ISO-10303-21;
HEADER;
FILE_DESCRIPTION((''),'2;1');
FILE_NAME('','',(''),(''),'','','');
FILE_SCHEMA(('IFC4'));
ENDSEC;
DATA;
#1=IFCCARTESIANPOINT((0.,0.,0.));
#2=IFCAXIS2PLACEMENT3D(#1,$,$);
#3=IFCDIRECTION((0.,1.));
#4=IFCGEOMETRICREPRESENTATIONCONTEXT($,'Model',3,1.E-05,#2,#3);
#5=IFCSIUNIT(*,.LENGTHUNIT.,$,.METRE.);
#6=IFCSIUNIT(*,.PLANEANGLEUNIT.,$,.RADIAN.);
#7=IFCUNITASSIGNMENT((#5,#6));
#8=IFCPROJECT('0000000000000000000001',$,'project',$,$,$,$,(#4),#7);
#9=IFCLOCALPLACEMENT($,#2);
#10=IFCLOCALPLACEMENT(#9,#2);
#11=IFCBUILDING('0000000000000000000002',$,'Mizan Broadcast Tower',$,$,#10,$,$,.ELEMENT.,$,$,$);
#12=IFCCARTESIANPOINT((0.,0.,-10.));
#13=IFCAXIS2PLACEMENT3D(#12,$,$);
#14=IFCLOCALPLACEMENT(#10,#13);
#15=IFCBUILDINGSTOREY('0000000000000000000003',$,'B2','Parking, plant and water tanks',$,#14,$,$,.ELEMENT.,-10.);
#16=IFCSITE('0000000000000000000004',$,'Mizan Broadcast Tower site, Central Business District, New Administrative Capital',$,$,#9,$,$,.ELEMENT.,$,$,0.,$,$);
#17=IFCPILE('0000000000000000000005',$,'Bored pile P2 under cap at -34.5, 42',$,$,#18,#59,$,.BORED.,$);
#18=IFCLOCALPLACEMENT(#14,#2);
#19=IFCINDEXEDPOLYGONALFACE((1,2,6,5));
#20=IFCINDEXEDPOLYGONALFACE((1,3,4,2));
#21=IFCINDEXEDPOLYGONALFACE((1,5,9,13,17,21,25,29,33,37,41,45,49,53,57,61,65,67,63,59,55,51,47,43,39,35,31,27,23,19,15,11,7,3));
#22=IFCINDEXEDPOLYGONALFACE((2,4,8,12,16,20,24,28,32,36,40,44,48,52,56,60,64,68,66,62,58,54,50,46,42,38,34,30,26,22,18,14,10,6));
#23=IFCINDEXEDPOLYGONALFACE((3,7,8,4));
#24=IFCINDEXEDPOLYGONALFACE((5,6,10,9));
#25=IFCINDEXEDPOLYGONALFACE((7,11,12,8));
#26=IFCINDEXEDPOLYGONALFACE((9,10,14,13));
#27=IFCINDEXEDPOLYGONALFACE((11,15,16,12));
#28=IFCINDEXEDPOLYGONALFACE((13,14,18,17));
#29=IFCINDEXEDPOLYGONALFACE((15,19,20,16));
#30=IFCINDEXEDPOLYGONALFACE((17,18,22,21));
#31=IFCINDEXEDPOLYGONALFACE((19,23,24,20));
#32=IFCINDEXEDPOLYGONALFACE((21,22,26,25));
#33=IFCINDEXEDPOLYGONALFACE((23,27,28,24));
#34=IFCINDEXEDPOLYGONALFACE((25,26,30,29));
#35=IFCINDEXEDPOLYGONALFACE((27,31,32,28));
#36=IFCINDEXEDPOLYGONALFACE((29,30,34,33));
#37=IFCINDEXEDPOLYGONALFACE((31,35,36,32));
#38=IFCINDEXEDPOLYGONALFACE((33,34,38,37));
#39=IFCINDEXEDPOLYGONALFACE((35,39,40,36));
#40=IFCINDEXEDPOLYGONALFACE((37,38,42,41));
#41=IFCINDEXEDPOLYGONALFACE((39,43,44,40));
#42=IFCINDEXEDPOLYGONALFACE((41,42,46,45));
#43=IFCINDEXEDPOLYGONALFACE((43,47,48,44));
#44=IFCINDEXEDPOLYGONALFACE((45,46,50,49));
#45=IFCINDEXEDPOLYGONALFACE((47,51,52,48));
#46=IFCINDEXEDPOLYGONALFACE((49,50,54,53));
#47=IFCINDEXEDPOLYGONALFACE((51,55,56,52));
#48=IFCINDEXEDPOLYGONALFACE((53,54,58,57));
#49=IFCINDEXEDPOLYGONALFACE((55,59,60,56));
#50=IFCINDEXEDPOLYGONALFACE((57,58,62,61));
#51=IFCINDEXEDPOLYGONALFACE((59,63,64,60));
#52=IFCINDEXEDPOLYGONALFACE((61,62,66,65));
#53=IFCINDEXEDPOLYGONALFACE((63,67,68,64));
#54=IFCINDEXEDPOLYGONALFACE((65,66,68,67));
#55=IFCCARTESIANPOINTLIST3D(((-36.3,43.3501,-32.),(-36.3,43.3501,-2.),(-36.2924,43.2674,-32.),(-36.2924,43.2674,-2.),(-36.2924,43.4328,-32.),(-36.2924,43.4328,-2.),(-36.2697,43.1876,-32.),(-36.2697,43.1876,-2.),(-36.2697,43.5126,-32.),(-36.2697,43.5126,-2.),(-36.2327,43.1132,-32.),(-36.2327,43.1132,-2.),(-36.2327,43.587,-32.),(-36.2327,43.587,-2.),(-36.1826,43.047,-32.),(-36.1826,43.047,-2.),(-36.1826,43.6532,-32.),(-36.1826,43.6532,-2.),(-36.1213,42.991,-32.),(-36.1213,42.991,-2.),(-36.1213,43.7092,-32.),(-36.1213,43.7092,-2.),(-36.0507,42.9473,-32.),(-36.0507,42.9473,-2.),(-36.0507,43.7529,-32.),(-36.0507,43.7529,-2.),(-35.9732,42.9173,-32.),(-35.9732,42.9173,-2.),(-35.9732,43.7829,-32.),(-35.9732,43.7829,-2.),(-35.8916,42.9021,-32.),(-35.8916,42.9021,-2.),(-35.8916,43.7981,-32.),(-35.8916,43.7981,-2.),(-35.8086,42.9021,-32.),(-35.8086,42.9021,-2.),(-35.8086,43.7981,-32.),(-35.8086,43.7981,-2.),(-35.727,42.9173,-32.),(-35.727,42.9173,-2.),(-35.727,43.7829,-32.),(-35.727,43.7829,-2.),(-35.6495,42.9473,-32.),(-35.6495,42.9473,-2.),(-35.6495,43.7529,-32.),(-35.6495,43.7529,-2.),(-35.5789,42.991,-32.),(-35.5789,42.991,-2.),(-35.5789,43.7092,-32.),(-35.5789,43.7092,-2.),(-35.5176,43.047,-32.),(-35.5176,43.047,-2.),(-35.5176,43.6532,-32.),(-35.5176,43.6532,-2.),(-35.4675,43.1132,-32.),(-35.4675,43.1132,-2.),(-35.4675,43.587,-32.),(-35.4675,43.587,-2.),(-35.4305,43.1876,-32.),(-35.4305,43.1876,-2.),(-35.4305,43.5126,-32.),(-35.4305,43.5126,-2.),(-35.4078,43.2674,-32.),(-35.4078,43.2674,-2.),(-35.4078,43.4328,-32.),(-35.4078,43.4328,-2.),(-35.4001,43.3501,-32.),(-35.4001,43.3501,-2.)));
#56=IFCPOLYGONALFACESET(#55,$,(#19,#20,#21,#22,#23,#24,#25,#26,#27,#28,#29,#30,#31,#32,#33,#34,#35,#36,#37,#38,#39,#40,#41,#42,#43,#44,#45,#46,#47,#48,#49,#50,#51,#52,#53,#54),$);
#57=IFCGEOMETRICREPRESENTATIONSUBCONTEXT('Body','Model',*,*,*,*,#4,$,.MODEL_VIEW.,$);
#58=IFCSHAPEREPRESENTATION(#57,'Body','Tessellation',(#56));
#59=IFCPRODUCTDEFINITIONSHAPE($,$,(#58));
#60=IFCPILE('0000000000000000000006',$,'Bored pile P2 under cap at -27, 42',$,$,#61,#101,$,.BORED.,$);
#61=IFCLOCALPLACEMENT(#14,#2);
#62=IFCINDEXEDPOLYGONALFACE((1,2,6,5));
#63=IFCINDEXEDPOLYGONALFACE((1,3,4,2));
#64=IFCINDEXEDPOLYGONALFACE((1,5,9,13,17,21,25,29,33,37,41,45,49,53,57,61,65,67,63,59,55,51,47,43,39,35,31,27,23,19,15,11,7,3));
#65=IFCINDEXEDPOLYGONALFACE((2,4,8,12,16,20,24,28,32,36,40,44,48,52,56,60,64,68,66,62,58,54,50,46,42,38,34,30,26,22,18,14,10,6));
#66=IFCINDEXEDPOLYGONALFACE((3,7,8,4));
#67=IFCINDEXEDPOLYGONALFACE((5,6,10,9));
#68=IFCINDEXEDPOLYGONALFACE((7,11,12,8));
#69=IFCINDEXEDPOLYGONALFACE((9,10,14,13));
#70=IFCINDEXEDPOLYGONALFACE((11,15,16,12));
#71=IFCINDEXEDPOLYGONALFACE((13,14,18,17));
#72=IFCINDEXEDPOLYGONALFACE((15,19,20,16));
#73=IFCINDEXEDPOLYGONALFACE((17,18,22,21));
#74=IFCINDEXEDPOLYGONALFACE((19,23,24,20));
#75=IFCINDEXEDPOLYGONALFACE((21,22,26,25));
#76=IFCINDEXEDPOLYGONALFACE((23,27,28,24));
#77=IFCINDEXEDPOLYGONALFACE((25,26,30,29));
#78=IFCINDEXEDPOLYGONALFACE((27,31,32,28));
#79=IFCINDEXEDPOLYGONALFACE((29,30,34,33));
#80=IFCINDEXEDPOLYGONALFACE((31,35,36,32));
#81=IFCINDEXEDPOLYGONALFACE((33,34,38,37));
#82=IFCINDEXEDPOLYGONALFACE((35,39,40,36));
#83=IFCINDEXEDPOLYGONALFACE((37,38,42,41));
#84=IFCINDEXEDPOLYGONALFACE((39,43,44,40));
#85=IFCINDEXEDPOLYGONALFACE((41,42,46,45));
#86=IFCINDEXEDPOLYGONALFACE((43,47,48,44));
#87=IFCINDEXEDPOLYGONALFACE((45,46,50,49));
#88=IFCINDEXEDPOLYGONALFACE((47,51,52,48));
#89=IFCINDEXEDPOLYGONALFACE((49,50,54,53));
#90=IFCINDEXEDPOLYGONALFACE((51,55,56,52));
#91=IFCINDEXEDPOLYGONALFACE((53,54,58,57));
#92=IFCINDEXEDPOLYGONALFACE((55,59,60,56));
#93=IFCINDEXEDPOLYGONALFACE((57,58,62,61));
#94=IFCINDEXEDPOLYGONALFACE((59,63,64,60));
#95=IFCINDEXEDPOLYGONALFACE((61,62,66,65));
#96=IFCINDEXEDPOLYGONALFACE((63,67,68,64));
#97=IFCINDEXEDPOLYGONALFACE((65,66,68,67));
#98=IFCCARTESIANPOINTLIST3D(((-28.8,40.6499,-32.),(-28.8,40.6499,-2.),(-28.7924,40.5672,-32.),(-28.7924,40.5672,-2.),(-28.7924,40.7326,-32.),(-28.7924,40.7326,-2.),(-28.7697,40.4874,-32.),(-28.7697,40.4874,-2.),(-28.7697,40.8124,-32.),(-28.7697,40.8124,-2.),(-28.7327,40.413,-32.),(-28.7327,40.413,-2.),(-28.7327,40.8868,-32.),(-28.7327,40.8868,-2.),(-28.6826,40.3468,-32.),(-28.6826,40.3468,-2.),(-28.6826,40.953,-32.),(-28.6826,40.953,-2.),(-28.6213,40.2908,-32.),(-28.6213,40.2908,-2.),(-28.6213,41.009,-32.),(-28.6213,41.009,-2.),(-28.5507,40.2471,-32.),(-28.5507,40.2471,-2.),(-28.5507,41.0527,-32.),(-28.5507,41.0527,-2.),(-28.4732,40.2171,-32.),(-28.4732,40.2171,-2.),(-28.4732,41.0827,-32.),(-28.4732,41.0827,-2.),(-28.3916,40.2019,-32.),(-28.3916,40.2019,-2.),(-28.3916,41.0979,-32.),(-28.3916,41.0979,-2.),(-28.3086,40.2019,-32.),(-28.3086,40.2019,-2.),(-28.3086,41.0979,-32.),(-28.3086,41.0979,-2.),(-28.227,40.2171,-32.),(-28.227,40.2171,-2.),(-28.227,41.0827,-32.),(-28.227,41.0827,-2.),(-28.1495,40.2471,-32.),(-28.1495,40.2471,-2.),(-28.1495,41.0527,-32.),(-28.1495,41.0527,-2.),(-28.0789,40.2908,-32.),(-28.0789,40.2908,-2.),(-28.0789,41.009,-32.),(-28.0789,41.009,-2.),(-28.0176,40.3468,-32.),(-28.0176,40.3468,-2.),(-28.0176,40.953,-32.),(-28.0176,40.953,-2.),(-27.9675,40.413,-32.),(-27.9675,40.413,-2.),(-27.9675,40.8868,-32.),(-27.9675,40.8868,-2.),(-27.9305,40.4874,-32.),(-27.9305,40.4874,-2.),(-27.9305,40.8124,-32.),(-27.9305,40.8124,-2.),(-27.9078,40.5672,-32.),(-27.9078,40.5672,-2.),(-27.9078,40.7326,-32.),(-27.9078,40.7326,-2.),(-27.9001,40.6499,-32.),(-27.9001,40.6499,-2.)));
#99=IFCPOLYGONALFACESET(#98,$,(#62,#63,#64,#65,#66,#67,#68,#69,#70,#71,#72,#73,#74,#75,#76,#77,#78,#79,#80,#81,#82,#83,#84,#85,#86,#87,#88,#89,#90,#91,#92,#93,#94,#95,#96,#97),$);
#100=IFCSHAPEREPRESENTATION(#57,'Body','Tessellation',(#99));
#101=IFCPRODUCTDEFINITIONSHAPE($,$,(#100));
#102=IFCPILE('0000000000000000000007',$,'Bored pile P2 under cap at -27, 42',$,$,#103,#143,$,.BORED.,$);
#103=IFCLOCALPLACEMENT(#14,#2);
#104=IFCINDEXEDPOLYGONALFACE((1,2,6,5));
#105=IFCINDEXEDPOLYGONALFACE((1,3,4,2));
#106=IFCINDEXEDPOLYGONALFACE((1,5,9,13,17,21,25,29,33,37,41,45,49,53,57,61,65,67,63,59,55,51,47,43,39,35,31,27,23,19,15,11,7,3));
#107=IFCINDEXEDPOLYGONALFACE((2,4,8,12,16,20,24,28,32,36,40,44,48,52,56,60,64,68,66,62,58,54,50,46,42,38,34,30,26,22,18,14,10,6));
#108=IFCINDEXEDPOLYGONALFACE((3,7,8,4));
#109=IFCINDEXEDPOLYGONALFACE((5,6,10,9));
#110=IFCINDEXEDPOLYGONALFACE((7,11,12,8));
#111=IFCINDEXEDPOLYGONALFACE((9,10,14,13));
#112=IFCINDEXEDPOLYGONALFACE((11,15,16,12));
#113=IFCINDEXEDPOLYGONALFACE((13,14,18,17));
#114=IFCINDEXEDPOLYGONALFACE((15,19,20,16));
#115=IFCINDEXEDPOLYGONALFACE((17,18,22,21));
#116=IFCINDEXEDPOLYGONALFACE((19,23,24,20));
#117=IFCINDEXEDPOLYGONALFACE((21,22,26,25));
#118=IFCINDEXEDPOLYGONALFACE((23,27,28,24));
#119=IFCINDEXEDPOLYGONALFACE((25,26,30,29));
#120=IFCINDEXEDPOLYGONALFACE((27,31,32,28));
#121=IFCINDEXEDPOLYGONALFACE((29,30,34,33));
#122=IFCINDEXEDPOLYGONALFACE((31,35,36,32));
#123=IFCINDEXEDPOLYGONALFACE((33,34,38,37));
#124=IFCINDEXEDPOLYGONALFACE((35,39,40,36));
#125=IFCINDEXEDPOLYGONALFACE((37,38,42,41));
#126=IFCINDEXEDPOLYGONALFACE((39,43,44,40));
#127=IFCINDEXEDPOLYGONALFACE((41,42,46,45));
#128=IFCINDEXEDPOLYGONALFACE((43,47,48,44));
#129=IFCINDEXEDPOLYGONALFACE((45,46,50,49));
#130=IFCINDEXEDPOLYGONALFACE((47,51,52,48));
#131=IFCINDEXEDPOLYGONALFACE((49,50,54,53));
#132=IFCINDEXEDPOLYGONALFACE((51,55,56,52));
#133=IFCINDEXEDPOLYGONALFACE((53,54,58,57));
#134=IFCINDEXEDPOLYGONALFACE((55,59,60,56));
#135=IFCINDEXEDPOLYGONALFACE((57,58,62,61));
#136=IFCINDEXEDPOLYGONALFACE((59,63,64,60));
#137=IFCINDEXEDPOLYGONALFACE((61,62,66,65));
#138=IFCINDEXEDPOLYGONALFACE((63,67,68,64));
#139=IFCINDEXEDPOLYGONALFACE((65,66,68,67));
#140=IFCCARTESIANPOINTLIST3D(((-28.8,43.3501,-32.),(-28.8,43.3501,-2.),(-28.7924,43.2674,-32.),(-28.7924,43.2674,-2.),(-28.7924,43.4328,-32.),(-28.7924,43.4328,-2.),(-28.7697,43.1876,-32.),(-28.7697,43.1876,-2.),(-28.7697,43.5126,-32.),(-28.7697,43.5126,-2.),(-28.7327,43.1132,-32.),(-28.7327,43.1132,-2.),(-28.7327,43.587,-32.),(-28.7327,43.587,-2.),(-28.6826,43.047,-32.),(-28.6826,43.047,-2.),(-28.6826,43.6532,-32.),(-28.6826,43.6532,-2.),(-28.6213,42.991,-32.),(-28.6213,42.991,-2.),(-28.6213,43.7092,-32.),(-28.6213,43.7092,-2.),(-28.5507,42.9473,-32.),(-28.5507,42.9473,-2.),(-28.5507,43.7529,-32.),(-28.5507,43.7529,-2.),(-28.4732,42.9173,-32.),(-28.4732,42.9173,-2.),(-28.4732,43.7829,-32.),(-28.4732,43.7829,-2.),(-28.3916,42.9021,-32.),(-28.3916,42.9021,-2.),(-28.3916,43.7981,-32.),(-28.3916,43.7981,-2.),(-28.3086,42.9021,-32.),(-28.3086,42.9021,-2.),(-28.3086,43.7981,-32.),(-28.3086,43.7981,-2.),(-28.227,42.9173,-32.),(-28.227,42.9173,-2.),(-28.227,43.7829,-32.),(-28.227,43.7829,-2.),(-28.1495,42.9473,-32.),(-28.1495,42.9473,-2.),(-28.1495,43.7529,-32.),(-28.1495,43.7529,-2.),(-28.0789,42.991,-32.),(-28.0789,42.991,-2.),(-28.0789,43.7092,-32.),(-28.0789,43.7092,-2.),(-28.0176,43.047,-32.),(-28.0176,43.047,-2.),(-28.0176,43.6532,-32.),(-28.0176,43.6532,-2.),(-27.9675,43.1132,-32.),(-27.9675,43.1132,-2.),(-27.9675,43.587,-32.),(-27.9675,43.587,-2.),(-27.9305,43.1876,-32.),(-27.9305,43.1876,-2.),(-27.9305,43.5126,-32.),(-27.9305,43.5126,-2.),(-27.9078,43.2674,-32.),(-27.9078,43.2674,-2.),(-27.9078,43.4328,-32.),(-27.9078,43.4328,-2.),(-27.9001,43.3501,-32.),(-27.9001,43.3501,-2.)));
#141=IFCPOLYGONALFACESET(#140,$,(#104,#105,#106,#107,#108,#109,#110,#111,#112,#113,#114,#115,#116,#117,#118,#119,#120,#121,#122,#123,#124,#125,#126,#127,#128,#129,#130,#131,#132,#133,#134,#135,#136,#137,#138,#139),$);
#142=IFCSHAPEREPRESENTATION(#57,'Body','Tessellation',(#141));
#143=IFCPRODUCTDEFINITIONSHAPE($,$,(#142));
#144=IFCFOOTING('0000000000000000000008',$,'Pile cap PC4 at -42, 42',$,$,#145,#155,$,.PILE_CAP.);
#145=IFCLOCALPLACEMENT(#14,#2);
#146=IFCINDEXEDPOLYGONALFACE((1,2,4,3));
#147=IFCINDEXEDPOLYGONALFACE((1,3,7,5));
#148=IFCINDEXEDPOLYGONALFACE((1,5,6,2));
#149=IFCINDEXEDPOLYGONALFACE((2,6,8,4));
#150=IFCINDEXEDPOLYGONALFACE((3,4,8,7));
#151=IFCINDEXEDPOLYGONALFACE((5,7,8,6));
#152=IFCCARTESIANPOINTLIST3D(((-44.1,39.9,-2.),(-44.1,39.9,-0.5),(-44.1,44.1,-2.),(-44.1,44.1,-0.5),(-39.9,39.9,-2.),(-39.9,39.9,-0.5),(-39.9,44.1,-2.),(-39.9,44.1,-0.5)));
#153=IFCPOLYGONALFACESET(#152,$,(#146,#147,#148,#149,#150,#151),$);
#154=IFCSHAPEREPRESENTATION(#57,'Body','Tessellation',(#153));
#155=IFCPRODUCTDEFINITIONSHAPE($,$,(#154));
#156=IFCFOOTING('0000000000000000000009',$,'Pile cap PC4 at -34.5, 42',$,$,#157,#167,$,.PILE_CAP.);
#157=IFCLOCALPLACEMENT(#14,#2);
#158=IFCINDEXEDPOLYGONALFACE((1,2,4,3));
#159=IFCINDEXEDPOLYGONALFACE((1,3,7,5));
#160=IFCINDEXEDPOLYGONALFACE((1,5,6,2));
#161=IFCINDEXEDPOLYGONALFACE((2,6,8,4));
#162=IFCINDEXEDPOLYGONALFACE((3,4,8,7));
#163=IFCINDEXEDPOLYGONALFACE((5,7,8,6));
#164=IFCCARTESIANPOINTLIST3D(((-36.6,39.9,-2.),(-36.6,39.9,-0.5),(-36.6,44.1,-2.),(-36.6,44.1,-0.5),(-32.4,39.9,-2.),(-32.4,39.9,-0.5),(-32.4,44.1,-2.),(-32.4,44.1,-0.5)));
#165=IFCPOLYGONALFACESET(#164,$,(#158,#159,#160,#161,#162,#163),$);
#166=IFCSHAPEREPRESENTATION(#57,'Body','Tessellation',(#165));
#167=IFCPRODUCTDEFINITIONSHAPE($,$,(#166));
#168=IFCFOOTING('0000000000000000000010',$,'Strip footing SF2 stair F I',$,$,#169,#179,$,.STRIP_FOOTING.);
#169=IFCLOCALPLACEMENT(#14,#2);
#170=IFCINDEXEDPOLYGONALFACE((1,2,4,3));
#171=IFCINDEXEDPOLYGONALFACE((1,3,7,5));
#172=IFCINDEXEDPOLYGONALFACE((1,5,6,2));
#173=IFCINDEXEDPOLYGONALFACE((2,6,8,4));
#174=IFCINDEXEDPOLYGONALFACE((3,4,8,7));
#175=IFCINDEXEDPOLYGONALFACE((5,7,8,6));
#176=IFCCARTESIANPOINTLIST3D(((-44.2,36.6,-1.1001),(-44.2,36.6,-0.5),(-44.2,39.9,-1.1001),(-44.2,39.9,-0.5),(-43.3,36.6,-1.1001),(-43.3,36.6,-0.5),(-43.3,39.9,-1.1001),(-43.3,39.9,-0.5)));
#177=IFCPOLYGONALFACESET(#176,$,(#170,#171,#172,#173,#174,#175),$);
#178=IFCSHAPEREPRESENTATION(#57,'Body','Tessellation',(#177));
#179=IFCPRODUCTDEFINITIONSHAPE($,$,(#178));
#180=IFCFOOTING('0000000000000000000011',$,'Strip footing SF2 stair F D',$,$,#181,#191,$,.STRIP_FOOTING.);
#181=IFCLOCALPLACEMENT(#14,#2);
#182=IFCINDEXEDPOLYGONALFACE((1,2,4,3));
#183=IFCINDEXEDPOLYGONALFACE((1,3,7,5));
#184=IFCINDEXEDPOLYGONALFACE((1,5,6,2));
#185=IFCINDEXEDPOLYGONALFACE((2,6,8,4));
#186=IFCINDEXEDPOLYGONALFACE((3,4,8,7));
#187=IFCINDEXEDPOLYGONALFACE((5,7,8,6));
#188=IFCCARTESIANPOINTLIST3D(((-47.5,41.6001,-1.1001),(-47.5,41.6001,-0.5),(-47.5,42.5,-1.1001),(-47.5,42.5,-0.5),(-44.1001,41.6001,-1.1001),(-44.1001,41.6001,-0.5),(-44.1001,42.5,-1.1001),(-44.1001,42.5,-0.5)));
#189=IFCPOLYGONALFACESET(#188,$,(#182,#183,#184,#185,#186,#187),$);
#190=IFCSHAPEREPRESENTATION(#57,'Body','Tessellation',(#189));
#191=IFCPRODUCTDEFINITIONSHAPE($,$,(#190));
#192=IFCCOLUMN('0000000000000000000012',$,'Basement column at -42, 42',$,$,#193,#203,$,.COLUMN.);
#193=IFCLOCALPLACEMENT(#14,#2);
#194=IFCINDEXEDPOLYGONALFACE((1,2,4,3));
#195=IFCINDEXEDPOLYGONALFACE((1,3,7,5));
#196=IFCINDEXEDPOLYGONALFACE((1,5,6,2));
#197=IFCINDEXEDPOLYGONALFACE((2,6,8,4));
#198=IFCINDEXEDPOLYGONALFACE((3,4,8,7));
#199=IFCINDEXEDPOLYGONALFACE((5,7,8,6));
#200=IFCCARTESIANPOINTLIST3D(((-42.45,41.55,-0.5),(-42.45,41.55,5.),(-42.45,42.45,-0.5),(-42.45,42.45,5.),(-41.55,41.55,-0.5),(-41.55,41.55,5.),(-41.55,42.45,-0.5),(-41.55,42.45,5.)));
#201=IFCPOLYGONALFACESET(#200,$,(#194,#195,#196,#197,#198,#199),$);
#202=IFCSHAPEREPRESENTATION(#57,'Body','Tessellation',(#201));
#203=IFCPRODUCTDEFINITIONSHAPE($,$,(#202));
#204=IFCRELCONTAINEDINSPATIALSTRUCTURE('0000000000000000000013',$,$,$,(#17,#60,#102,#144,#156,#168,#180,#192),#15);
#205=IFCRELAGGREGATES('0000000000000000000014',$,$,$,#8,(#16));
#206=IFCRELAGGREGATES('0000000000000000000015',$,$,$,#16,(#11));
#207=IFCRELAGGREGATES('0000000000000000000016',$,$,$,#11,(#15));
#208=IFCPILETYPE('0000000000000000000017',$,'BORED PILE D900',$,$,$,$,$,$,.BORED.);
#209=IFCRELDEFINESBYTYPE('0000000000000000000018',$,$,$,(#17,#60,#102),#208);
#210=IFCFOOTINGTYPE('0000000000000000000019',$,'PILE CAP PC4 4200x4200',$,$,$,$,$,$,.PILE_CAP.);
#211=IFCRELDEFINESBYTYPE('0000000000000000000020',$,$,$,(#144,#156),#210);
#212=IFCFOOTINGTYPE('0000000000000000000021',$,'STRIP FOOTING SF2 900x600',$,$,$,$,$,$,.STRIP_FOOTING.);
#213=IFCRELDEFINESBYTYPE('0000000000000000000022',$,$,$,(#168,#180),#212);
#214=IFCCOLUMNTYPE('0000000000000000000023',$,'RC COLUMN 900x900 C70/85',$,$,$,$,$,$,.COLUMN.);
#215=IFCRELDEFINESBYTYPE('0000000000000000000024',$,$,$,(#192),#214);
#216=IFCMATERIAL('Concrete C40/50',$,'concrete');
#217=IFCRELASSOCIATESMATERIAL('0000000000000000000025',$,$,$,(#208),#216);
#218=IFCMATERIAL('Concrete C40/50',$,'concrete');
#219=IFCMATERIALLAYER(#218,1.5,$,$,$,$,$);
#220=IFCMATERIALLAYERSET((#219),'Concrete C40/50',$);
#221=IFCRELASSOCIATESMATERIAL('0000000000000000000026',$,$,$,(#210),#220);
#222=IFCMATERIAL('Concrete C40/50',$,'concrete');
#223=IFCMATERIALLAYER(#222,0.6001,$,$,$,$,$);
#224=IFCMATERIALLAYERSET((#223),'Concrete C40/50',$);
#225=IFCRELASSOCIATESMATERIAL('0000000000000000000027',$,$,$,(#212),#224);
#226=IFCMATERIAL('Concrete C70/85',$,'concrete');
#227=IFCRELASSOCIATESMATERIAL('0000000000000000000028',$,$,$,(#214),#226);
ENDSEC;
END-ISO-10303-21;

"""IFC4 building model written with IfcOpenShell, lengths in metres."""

from ifc_helpers import new_model, si_unit, direction, frame, origin, origin_2d, place, context, subcontext, project, spatial, rectangle, circle, extrude, material, layer, layer_set, material_profile, profile_set, type_object, element, save


model = new_model("IFC4")

# Units and contexts
model_context = context("Model", 3, precision=1e-05, world=origin(), true_north=direction((0.0, 1.0)))
body_context = subcontext(model_context, "Body", "Model", "MODEL_VIEW")
ifc_project = project(units=[si_unit("LENGTHUNIT", "METRE"), si_unit("PLANEANGLEUNIT", "RADIAN")], contexts=[model_context])

# Site, building, storey
site_placement = place(None, origin())
site = spatial("IfcSite", under=ifc_project, at=site_placement, Name="Mizan Broadcast Tower site, Central Business District, New Administrative Capital", CompositionType="ELEMENT", RefElevation=0.0)
building_placement = place(site_placement, origin())
building = spatial("IfcBuilding", under=site, at=building_placement, Name="Mizan Broadcast Tower", CompositionType="ELEMENT")
storey_placement = place(building_placement, frame((0.0, 0.0, -10.0)))
storey = spatial("IfcBuildingStorey", under=building, at=storey_placement, Name="B2", Description="Parking, plant and water tanks", CompositionType="ELEMENT", Elevation=-10.0)

# Piles
ifc_material_1 = material(Name="Concrete C40/50", Category="concrete")
ifc_material_profile_1 = material_profile(ifc_material_1, circle(Radius=0.45, at=origin_2d()), Name="D900")
ifc_profile_set_1 = profile_set([ifc_material_profile_1], Name="Concrete C40/50")
pile_type = type_object("IfcPileType", Name="BORED PILE D900", PredefinedType="BORED", material=ifc_profile_set_1)
for number, where, z_axis, x_axis, name in (
    (1, (-35.8501, 43.3501, -2.0), (0.0, 0.0, -1.0), (1.0, 0.0, 0.0), "Bored pile P2 under cap at -34.5, 42"),
    (2, (-28.3501, 40.6499, -2.0), (0.0, 0.0, -1.0), (1.0, 0.0, 0.0), "Bored pile P2 under cap at -27, 42"),
    (3, (-28.3501, 43.3501, -2.0), (0.0, 0.0, -1.0), (1.0, 0.0, 0.0), "Bored pile P2 under cap at -27, 42"),
):
    element("IfcPile", number, at=place(storey_placement, frame(where, z_axis=z_axis, x_axis=x_axis)), inside=storey, type_object=pile_type, Name=name, PredefinedType="BORED", context=body_context, shape_type="SweptSolid", body=[
        extrude(circle(Radius=0.45, at=origin_2d()), origin(), (0.0, 0.0, 1.0), 30.0),
    ])

# Footings
ifc_material_2 = material(Name="Concrete C40/50", Category="concrete")
ifc_layer_1 = layer(ifc_material_2, 1.5)
ifc_layer_set_1 = layer_set([ifc_layer_1], Name="Concrete C40/50")
footing_type_1 = type_object("IfcFootingType", Name="PILE CAP PC4 4200x4200", PredefinedType="PILE_CAP", material=ifc_layer_set_1)
for number, where, z_axis, x_axis, name in (
    (4, (-42.0, 42.0, -2.0), (0.0, 0.0, 1.0), (1.0, 0.0, 0.0), "Pile cap PC4 at -42, 42"),
    (5, (-34.5, 42.0, -2.0), (0.0, 0.0, 1.0), (1.0, 0.0, 0.0), "Pile cap PC4 at -34.5, 42"),
):
    element("IfcFooting", number, at=place(storey_placement, frame(where, z_axis=z_axis, x_axis=x_axis)), inside=storey, type_object=footing_type_1, Name=name, PredefinedType="PILE_CAP", context=body_context, shape_type="SweptSolid", body=[
        extrude(rectangle(XDim=4.2, YDim=4.2, at=origin_2d()), origin(), (0.0, 0.0, 1.0), 1.5),
    ])
ifc_material_3 = material(Name="Concrete C40/50", Category="concrete")
ifc_layer_2 = layer(ifc_material_3, 0.6001)
ifc_layer_set_2 = layer_set([ifc_layer_2], Name="Concrete C40/50")
footing_type_2 = type_object("IfcFootingType", Name="STRIP FOOTING SF2 900x600", PredefinedType="STRIP_FOOTING", material=ifc_layer_set_2)
footing_1_placement = place(storey_placement, frame((-43.75, 38.25, -1.1001), z_axis=(0.0, 0.0, 1.0), x_axis=(1.0, 0.0, 0.0)))
element("IfcFooting", 6, at=footing_1_placement, inside=storey, type_object=footing_type_2, Name="Strip footing SF2 stair F I", PredefinedType="STRIP_FOOTING", context=body_context, shape_type="SweptSolid", body=[
    extrude(rectangle(XDim=0.8999, YDim=3.3, at=origin_2d()), origin(), (0.0, 0.0, 1.0), 0.6001),
])
footing_2_placement = place(storey_placement, frame((-45.8, 42.05, -1.1001), z_axis=(0.0, 0.0, 1.0), x_axis=(1.0, 0.0, 0.0)))
element("IfcFooting", 7, at=footing_2_placement, inside=storey, type_object=footing_type_2, Name="Strip footing SF2 stair F D", PredefinedType="STRIP_FOOTING", context=body_context, shape_type="SweptSolid", body=[
    extrude(rectangle(XDim=3.3999, YDim=0.8999, at=origin_2d()), origin(), (0.0, 0.0, 1.0), 0.6001),
])

# Column
ifc_material_4 = material(Name="Concrete C70/85", Category="concrete")
ifc_material_profile_2 = material_profile(ifc_material_4, rectangle(XDim=0.8999, YDim=0.8999, at=origin_2d()), Name="RC 900x900")
ifc_profile_set_2 = profile_set([ifc_material_profile_2], Name="Concrete C70/85")
column_type = type_object("IfcColumnType", Name="RC COLUMN 900x900 C70/85", PredefinedType="COLUMN", material=ifc_profile_set_2)
for number, where, z_axis, x_axis, name in (
    (8, (-42.0, 42.0, -0.5), (0.0, 0.0, 1.0), (1.0, 0.0, 0.0), "Basement column at -42, 42"),
):
    element("IfcColumn", number, at=place(storey_placement, frame(where, z_axis=z_axis, x_axis=x_axis)), inside=storey, type_object=column_type, Name=name, PredefinedType="COLUMN", context=body_context, shape_type="SweptSolid", body=[
        extrude(rectangle(XDim=0.8999, YDim=0.8999, at=origin_2d()), origin(), (0.0, 0.0, 1.0), 5.5),
    ])

save(model, "model.ifc")
